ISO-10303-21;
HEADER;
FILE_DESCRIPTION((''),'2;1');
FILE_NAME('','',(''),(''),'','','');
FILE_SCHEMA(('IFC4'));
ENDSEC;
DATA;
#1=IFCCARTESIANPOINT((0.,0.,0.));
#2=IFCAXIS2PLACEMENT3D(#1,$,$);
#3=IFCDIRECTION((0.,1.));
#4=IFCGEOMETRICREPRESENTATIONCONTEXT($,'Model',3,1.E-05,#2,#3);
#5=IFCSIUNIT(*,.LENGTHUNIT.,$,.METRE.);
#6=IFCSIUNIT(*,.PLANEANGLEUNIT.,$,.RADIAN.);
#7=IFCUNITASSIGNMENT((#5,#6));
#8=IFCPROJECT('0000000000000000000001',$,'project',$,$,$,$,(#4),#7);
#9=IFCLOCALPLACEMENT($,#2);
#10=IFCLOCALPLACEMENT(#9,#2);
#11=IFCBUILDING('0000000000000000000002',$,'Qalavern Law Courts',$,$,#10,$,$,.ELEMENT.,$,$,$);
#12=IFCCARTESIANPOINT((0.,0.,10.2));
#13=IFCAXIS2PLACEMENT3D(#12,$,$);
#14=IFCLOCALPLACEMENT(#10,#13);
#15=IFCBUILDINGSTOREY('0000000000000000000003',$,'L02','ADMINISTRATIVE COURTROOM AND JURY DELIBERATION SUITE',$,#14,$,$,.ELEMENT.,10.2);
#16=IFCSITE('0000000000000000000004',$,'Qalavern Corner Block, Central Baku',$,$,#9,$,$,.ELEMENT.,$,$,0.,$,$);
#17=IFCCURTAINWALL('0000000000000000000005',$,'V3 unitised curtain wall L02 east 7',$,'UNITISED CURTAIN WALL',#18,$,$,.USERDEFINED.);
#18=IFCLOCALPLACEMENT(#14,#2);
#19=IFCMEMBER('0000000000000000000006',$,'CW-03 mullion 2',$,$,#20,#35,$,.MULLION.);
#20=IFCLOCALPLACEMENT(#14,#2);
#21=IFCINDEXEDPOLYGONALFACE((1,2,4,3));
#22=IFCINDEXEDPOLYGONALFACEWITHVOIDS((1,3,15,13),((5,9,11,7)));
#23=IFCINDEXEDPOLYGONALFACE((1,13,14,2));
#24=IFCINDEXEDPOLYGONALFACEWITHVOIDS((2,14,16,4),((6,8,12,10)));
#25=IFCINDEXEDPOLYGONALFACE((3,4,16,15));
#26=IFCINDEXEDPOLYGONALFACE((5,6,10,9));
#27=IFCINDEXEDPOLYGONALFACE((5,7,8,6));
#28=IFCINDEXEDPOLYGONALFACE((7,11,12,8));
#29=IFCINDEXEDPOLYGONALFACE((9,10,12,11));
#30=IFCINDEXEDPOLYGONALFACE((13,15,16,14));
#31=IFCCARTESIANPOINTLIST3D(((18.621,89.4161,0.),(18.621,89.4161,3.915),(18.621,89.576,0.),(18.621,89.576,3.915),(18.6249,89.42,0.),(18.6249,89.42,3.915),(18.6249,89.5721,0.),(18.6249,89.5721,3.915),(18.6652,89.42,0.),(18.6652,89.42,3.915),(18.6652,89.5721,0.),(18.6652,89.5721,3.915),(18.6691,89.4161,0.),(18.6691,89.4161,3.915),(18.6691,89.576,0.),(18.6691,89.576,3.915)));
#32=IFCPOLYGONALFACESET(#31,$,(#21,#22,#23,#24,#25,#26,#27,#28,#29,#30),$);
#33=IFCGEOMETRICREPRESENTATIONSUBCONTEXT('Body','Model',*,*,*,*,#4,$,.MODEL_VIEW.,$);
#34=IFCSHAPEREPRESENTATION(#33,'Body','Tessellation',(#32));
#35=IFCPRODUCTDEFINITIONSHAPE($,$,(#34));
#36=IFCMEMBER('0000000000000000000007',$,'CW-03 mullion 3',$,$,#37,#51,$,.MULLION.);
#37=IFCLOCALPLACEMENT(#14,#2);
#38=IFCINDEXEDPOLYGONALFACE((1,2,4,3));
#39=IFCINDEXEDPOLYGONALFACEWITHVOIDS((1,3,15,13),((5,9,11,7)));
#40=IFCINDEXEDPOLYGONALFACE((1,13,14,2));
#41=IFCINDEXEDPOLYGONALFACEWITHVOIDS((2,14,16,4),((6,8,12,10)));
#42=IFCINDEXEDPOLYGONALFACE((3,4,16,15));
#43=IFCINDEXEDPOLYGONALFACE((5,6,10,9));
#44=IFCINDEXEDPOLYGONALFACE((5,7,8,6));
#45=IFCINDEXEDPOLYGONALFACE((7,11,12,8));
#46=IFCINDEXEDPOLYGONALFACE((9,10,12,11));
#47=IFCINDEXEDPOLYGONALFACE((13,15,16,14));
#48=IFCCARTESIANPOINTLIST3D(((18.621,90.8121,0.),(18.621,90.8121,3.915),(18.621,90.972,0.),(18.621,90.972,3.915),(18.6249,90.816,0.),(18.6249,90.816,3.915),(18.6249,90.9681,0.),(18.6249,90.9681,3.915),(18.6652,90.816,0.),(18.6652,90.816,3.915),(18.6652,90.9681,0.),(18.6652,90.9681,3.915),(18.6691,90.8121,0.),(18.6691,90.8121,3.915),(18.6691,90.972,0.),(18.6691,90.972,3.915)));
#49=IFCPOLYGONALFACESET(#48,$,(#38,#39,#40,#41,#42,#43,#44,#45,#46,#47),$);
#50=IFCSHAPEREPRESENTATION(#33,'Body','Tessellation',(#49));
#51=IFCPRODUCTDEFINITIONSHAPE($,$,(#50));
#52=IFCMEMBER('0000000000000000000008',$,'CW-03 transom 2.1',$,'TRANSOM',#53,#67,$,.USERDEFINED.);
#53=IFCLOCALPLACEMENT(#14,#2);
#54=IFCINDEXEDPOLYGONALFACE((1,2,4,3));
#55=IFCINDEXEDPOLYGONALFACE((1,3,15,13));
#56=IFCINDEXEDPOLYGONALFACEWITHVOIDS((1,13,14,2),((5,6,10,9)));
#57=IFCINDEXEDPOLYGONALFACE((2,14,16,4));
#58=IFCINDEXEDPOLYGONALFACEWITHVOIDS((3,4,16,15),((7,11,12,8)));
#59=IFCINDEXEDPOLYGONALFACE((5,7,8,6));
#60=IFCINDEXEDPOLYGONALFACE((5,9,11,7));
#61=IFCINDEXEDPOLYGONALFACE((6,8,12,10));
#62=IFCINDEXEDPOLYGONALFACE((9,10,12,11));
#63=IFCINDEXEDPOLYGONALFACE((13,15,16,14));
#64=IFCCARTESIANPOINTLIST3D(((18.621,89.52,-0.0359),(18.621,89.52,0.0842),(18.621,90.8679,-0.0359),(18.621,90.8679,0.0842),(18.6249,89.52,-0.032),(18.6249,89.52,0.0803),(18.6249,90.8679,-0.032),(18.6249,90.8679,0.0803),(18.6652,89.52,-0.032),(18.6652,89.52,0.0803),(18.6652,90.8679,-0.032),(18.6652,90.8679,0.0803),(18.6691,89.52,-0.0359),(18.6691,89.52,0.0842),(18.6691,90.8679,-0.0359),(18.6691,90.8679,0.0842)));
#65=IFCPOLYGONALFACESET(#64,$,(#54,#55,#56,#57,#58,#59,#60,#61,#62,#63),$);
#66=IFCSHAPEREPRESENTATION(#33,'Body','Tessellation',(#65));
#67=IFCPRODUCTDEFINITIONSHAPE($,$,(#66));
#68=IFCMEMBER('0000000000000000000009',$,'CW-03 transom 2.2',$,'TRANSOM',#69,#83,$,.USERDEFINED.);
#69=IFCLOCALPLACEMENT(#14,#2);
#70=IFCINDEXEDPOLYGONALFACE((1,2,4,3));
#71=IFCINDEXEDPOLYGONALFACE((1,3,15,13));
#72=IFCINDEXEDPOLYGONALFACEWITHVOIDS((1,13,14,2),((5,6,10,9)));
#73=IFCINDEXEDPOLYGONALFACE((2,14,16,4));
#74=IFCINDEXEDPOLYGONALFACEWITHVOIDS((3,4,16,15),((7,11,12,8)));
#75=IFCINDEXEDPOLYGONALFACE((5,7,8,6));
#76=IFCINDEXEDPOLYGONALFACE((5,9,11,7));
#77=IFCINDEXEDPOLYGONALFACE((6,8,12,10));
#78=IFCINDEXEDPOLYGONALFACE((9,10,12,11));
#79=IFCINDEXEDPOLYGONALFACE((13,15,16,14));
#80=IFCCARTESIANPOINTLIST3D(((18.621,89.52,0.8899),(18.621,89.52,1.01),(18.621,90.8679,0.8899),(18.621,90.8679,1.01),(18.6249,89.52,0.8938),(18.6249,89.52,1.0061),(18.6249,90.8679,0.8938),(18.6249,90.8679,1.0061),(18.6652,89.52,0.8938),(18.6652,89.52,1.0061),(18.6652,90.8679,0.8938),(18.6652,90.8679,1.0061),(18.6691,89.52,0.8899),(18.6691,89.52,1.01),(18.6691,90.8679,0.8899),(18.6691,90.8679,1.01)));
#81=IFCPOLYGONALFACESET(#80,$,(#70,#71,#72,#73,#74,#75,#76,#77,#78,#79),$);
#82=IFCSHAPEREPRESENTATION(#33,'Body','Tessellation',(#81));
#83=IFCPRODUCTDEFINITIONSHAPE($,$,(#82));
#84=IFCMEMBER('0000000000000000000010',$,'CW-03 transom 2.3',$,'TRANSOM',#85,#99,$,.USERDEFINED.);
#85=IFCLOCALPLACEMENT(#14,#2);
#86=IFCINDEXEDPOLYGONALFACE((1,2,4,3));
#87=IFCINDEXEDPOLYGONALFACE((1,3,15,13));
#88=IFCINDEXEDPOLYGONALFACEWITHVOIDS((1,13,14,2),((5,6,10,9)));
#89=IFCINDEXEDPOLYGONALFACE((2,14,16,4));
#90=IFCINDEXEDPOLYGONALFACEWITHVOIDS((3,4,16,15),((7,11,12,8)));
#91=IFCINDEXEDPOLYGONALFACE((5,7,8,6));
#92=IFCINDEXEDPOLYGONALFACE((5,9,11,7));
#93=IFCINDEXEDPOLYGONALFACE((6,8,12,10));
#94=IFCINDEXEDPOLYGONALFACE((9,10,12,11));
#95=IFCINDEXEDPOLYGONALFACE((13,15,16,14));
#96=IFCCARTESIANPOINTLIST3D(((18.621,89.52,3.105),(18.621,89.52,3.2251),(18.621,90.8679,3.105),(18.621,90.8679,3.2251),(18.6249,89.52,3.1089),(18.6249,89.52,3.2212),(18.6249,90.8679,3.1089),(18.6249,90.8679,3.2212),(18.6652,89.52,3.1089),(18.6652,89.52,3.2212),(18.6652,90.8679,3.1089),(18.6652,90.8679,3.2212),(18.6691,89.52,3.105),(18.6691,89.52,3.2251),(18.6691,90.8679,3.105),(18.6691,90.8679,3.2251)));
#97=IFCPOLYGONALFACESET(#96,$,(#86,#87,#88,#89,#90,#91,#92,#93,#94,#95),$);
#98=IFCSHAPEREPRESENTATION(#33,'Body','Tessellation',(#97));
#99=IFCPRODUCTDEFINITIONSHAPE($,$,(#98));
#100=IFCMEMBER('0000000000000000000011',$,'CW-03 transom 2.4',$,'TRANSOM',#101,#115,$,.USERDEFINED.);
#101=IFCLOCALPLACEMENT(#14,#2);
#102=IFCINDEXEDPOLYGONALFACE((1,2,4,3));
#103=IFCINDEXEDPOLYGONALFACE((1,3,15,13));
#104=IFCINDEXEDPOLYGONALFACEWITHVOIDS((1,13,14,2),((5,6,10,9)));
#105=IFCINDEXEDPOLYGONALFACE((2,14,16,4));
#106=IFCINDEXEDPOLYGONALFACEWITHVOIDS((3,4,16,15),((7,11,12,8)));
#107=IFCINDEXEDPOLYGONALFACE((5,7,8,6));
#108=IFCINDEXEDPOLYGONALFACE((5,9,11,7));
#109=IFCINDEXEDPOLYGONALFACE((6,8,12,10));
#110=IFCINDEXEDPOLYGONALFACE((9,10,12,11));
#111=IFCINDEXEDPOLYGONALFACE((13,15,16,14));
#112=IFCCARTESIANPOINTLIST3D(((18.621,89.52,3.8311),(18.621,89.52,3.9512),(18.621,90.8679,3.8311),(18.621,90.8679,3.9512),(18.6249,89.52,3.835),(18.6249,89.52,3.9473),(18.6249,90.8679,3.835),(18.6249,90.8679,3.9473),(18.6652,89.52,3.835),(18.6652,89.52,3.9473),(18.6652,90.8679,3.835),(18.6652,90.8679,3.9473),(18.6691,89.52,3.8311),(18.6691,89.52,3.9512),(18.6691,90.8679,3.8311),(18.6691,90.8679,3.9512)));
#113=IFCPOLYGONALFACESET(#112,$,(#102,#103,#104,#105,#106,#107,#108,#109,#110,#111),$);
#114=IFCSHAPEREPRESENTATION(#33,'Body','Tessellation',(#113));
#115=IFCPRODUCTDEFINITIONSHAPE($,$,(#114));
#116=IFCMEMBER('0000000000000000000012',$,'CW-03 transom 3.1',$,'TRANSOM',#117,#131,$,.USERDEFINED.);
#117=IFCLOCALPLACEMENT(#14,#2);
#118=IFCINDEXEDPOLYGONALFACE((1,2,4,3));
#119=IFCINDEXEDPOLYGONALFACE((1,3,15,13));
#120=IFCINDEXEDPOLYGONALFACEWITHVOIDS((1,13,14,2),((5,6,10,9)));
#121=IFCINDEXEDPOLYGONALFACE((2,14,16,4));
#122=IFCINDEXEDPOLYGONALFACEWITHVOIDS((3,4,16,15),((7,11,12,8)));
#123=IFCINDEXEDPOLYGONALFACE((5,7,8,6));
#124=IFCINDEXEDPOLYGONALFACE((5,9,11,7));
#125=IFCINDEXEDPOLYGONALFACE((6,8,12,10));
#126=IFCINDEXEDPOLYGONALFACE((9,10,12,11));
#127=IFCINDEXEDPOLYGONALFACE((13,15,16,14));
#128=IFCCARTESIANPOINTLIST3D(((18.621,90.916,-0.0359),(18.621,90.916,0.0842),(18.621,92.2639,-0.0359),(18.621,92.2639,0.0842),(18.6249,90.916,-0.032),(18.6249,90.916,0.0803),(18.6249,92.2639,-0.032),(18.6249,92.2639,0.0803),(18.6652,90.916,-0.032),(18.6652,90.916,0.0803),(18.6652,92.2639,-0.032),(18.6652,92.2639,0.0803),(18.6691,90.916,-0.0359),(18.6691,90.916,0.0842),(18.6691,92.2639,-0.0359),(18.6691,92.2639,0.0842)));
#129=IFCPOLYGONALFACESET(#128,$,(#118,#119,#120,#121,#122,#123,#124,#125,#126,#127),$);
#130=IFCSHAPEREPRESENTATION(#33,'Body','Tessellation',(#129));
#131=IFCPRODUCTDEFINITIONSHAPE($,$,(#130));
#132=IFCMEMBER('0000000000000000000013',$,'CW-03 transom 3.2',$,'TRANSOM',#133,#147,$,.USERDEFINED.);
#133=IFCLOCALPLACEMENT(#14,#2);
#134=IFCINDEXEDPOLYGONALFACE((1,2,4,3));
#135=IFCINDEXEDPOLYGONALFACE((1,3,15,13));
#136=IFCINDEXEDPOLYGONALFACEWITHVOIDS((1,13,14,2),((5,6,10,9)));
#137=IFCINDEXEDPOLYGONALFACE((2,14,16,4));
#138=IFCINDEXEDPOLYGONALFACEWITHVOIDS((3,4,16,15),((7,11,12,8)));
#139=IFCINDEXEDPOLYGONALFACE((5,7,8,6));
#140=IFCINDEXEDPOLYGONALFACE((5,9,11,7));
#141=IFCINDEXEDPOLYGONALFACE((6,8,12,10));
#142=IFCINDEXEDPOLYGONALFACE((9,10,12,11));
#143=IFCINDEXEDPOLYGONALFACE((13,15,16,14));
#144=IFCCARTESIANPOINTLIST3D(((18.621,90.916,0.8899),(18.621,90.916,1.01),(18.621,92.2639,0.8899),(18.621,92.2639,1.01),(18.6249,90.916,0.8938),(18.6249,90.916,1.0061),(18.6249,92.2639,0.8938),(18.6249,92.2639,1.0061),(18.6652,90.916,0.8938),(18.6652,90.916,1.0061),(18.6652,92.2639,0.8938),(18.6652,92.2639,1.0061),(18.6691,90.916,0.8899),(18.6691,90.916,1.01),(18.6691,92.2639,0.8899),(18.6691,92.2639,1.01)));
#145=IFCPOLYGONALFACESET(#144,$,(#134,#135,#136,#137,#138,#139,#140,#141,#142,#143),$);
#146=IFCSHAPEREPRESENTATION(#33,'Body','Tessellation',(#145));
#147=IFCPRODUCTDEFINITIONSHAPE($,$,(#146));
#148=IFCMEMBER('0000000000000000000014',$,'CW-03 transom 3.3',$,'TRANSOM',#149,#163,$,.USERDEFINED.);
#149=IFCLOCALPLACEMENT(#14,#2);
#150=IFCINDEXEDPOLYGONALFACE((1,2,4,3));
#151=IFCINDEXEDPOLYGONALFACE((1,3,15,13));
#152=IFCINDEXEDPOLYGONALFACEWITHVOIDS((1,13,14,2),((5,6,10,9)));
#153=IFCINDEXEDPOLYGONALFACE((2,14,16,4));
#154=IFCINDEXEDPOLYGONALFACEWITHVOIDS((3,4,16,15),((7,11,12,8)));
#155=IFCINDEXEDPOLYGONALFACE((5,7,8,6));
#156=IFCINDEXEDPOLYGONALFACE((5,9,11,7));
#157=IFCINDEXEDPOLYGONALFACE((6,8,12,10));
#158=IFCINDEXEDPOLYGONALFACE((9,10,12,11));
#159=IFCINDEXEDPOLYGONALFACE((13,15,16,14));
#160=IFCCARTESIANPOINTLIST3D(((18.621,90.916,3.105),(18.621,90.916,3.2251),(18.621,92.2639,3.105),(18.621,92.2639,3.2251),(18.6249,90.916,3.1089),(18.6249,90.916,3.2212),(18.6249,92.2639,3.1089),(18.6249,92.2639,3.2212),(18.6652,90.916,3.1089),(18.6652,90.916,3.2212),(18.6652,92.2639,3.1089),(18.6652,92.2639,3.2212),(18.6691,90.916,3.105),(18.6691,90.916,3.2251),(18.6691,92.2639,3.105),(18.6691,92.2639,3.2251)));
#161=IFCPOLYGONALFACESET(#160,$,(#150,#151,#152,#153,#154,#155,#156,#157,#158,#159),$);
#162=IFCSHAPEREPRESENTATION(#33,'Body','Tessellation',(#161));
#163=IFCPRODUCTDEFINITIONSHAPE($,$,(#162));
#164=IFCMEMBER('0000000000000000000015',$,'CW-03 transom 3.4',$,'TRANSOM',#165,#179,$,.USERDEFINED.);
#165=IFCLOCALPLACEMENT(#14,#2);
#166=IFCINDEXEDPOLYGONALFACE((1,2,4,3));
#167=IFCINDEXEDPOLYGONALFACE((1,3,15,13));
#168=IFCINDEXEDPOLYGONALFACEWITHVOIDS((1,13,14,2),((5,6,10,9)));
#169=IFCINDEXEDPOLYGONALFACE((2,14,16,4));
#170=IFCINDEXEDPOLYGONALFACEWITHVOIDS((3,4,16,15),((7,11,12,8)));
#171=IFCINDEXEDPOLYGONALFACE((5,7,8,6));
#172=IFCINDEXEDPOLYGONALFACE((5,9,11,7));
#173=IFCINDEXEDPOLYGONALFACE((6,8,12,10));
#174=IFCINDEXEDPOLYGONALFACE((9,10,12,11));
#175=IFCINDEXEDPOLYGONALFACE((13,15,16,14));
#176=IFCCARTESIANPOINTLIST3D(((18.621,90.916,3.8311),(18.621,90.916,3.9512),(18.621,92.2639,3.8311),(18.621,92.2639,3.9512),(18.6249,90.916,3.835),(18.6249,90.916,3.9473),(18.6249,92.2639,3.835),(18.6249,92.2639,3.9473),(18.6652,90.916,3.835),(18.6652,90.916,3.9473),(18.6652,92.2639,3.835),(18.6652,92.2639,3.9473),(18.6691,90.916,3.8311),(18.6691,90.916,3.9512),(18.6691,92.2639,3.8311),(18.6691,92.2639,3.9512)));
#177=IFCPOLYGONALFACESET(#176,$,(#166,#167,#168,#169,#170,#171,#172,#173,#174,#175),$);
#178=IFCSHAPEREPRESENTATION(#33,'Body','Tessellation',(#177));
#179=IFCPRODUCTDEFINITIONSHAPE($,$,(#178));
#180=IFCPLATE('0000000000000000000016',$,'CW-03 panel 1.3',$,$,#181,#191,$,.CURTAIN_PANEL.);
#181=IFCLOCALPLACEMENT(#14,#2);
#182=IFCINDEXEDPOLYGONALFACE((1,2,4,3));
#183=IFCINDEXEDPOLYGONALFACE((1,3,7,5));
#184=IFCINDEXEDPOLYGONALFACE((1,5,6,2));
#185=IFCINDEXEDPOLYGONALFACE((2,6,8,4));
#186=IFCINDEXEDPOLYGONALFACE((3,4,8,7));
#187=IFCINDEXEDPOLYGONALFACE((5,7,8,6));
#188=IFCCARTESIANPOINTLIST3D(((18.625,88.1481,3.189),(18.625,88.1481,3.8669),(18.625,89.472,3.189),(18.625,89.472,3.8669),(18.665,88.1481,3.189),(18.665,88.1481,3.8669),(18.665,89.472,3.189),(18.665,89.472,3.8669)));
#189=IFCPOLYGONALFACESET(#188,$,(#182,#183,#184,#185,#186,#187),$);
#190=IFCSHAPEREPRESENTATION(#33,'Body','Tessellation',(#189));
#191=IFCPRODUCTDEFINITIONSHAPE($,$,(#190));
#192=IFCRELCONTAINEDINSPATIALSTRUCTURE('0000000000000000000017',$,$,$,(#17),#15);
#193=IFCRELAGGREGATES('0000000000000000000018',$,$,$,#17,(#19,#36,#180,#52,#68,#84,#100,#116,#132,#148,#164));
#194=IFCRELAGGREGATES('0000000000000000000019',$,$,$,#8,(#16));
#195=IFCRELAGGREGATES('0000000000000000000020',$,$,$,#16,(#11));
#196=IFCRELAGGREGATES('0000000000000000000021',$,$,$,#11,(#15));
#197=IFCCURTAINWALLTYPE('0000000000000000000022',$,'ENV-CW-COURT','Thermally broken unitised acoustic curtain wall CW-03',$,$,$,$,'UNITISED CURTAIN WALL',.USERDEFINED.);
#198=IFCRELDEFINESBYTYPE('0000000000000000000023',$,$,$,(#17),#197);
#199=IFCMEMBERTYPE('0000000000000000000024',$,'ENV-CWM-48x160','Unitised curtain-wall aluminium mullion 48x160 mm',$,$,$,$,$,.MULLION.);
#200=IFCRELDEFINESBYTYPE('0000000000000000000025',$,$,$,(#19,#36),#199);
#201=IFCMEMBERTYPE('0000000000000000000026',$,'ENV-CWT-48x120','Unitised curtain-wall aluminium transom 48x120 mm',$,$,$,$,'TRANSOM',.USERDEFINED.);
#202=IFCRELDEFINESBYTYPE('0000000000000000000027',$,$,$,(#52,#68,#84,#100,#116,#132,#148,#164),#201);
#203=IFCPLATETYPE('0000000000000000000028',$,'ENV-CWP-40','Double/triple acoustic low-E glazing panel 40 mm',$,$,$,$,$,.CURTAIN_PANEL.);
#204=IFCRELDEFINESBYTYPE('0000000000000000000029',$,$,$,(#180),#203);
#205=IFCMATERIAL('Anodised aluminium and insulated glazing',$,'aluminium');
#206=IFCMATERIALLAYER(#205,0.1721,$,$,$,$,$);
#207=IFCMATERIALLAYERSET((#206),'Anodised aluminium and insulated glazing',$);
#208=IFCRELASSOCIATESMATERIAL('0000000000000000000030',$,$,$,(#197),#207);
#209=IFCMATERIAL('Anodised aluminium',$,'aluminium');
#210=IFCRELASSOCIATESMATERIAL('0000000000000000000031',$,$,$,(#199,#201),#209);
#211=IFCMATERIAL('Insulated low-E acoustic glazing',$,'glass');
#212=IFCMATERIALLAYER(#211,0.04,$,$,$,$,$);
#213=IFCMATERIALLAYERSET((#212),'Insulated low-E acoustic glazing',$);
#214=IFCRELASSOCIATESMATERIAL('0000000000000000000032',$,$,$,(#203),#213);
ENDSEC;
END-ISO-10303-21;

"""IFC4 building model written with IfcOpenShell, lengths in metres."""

from ifc_helpers import new_model, si_unit, direction, frame, origin, origin_2d, place, context, subcontext, project, spatial, rectangle, hollow_rectangle, extrude, material, layer, layer_set, material_profile, profile_set, type_object, element, aggregate, save


model = new_model("IFC4")

# Units and contexts
model_context = context("Model", 3, precision=1e-05, world=origin(), true_north=direction((0.0, 1.0)))
body_context = subcontext(model_context, "Body", "Model", "MODEL_VIEW")
ifc_project = project(units=[si_unit("LENGTHUNIT", "METRE"), si_unit("PLANEANGLEUNIT", "RADIAN")], contexts=[model_context])

# Site, building, storey
site_placement = place(None, origin())
site = spatial("IfcSite", under=ifc_project, at=site_placement, Name="Qalavern Corner Block, Central Baku", CompositionType="ELEMENT", RefElevation=0.0)
building_placement = place(site_placement, origin())
building = spatial("IfcBuilding", under=site, at=building_placement, Name="Qalavern Law Courts", CompositionType="ELEMENT")
storey_placement = place(building_placement, frame((0.0, 0.0, 10.2)))
storey = spatial("IfcBuildingStorey", under=building, at=storey_placement, Name="L02", Description="ADMINISTRATIVE COURTROOM AND JURY DELIBERATION SUITE", CompositionType="ELEMENT", Elevation=10.2)

# Curtain wall, members, plate
ifc_material_1 = material(Name="Anodised aluminium and insulated glazing", Category="aluminium")
ifc_layer_1 = layer(ifc_material_1, 0.1721)
ifc_layer_set_1 = layer_set([ifc_layer_1], Name="Anodised aluminium and insulated glazing")
curtain_wall_type = type_object("IfcCurtainWallType", Name="ENV-CW-COURT", Description="Thermally broken unitised acoustic curtain wall CW-03", ElementType="UNITISED CURTAIN WALL", PredefinedType="USERDEFINED", material=ifc_layer_set_1)
curtain_wall_placement = place(storey_placement, origin())
curtain_wall = element("IfcCurtainWall", 1, at=curtain_wall_placement, inside=storey, type_object=curtain_wall_type, Name="V3 unitised curtain wall L02 east 7", ObjectType="UNITISED CURTAIN WALL", PredefinedType="USERDEFINED")
ifc_material_2 = material(Name="Anodised aluminium", Category="aluminium")
ifc_material_profile_1 = material_profile(ifc_material_2, hollow_rectangle(XDim=0.0481, YDim=0.1599, WallThickness=0.0039, at=origin_2d()), Name="ALU MULLION 48x160")
ifc_profile_set_1 = profile_set([ifc_material_profile_1], Name="Anodised aluminium")
member_type_1 = type_object("IfcMemberType", Name="ENV-CWM-48x160", Description="Unitised curtain-wall aluminium mullion 48x160 mm", PredefinedType="MULLION", material=ifc_profile_set_1)
member_1_placement = place(storey_placement, frame((18.645, 89.4961, 0.0), z_axis=(0.0, 0.0, 1.0), x_axis=(-1.0, 0.0, 0.0)))
member_1 = element("IfcMember", 2, at=member_1_placement, type_object=member_type_1, Name="CW-03 mullion 2", PredefinedType="MULLION", context=body_context, shape_type="SweptSolid", body=[
    extrude(hollow_rectangle(XDim=0.0481, YDim=0.1599, WallThickness=0.0039, at=origin_2d()), origin(), (0.0, 0.0, 1.0), 3.915),
])
member_2_placement = place(storey_placement, frame((18.645, 90.8921, 0.0), z_axis=(0.0, 0.0, 1.0), x_axis=(-1.0, 0.0, 0.0)))
member_2 = element("IfcMember", 3, at=member_2_placement, type_object=member_type_1, Name="CW-03 mullion 3", PredefinedType="MULLION", context=body_context, shape_type="SweptSolid", body=[
    extrude(hollow_rectangle(XDim=0.0481, YDim=0.1599, WallThickness=0.0039, at=origin_2d()), origin(), (0.0, 0.0, 1.0), 3.915),
])
ifc_material_profile_2 = material_profile(ifc_material_2, hollow_rectangle(XDim=0.0481, YDim=0.1201, WallThickness=0.0039, at=origin_2d()), Name="ALU TRANSOM 48x120")
ifc_profile_set_2 = profile_set([ifc_material_profile_2], Name="Anodised aluminium")
member_type_2 = type_object("IfcMemberType", Name="ENV-CWT-48x120", Description="Unitised curtain-wall aluminium transom 48x120 mm", ElementType="TRANSOM", PredefinedType="USERDEFINED", material=ifc_profile_set_2)
member_3_placement = place(storey_placement, frame((18.645, 89.52, 0.0242), z_axis=(0.0, 1.0, 0.0), x_axis=(-1.0, 0.0, 0.0)))
member_3 = element("IfcMember", 4, at=member_3_placement, type_object=member_type_2, Name="CW-03 transom 2.1", ObjectType="TRANSOM", PredefinedType="USERDEFINED", context=body_context, shape_type="SweptSolid", body=[
    extrude(hollow_rectangle(XDim=0.0481, YDim=0.1201, WallThickness=0.0039, at=origin_2d()), origin(), (0.0, 0.0, 1.0), 1.3479),
])
member_4_placement = place(storey_placement, frame((18.645, 89.52, 0.95), z_axis=(0.0, 1.0, 0.0), x_axis=(-1.0, 0.0, 0.0)))
member_4 = element("IfcMember", 5, at=member_4_placement, type_object=member_type_2, Name="CW-03 transom 2.2", ObjectType="TRANSOM", PredefinedType="USERDEFINED", context=body_context, shape_type="SweptSolid", body=[
    extrude(hollow_rectangle(XDim=0.0481, YDim=0.1201, WallThickness=0.0039, at=origin_2d()), origin(), (0.0, 0.0, 1.0), 1.3479),
])
member_5_placement = place(storey_placement, frame((18.645, 89.52, 3.165), z_axis=(0.0, 1.0, 0.0), x_axis=(-1.0, 0.0, 0.0)))
member_5 = element("IfcMember", 6, at=member_5_placement, type_object=member_type_2, Name="CW-03 transom 2.3", ObjectType="TRANSOM", PredefinedType="USERDEFINED", context=body_context, shape_type="SweptSolid", body=[
    extrude(hollow_rectangle(XDim=0.0481, YDim=0.1201, WallThickness=0.0039, at=origin_2d()), origin(), (0.0, 0.0, 1.0), 1.3479),
])
member_6_placement = place(storey_placement, frame((18.645, 89.52, 3.8911), z_axis=(0.0, 1.0, 0.0), x_axis=(-1.0, 0.0, 0.0)))
member_6 = element("IfcMember", 7, at=member_6_placement, type_object=member_type_2, Name="CW-03 transom 2.4", ObjectType="TRANSOM", PredefinedType="USERDEFINED", context=body_context, shape_type="SweptSolid", body=[
    extrude(hollow_rectangle(XDim=0.0481, YDim=0.1201, WallThickness=0.0039, at=origin_2d()), origin(), (0.0, 0.0, 1.0), 1.3479),
])
member_7_placement = place(storey_placement, frame((18.645, 90.916, 0.0242), z_axis=(0.0, 1.0, 0.0), x_axis=(-1.0, 0.0, 0.0)))
member_7 = element("IfcMember", 8, at=member_7_placement, type_object=member_type_2, Name="CW-03 transom 3.1", ObjectType="TRANSOM", PredefinedType="USERDEFINED", context=body_context, shape_type="SweptSolid", body=[
    extrude(hollow_rectangle(XDim=0.0481, YDim=0.1201, WallThickness=0.0039, at=origin_2d()), origin(), (0.0, 0.0, 1.0), 1.3479),
])
member_8_placement = place(storey_placement, frame((18.645, 90.916, 0.95), z_axis=(0.0, 1.0, 0.0), x_axis=(-1.0, 0.0, 0.0)))
member_8 = element("IfcMember", 9, at=member_8_placement, type_object=member_type_2, Name="CW-03 transom 3.2", ObjectType="TRANSOM", PredefinedType="USERDEFINED", context=body_context, shape_type="SweptSolid", body=[
    extrude(hollow_rectangle(XDim=0.0481, YDim=0.1201, WallThickness=0.0039, at=origin_2d()), origin(), (0.0, 0.0, 1.0), 1.3479),
])
member_9_placement = place(storey_placement, frame((18.645, 90.916, 3.165), z_axis=(0.0, 1.0, 0.0), x_axis=(-1.0, 0.0, 0.0)))
member_9 = element("IfcMember", 10, at=member_9_placement, type_object=member_type_2, Name="CW-03 transom 3.3", ObjectType="TRANSOM", PredefinedType="USERDEFINED", context=body_context, shape_type="SweptSolid", body=[
    extrude(hollow_rectangle(XDim=0.0481, YDim=0.1201, WallThickness=0.0039, at=origin_2d()), origin(), (0.0, 0.0, 1.0), 1.3479),
])
member_10_placement = place(storey_placement, frame((18.645, 90.916, 3.8911), z_axis=(0.0, 1.0, 0.0), x_axis=(-1.0, 0.0, 0.0)))
member_10 = element("IfcMember", 11, at=member_10_placement, type_object=member_type_2, Name="CW-03 transom 3.4", ObjectType="TRANSOM", PredefinedType="USERDEFINED", context=body_context, shape_type="SweptSolid", body=[
    extrude(hollow_rectangle(XDim=0.0481, YDim=0.1201, WallThickness=0.0039, at=origin_2d()), origin(), (0.0, 0.0, 1.0), 1.3479),
])
ifc_material_3 = material(Name="Insulated low-E acoustic glazing", Category="glass")
ifc_layer_2 = layer(ifc_material_3, 0.04)
ifc_layer_set_2 = layer_set([ifc_layer_2], Name="Insulated low-E acoustic glazing")
plate_type = type_object("IfcPlateType", Name="ENV-CWP-40", Description="Double/triple acoustic low-E glazing panel 40 mm", PredefinedType="CURTAIN_PANEL", material=ifc_layer_set_2)
plate_1_placement = place(storey_placement, frame((18.645, 88.8101, 3.189), z_axis=(0.0, 0.0, 1.0), x_axis=(0.0, 1.0, 0.0)))
plate_1 = element("IfcPlate", 12, at=plate_1_placement, type_object=plate_type, Name="CW-03 panel 1.3", PredefinedType="CURTAIN_PANEL", context=body_context, shape_type="SweptSolid", body=[
    extrude(rectangle(XDim=1.324, YDim=0.04, at=origin_2d()), origin(), (0.0, 0.0, 1.0), 0.678),
])
aggregate(curtain_wall, [member_1, member_2, plate_1, member_3, member_4, member_5, member_6, member_7, member_8, member_9, member_10])

save(model, "model.ifc")
